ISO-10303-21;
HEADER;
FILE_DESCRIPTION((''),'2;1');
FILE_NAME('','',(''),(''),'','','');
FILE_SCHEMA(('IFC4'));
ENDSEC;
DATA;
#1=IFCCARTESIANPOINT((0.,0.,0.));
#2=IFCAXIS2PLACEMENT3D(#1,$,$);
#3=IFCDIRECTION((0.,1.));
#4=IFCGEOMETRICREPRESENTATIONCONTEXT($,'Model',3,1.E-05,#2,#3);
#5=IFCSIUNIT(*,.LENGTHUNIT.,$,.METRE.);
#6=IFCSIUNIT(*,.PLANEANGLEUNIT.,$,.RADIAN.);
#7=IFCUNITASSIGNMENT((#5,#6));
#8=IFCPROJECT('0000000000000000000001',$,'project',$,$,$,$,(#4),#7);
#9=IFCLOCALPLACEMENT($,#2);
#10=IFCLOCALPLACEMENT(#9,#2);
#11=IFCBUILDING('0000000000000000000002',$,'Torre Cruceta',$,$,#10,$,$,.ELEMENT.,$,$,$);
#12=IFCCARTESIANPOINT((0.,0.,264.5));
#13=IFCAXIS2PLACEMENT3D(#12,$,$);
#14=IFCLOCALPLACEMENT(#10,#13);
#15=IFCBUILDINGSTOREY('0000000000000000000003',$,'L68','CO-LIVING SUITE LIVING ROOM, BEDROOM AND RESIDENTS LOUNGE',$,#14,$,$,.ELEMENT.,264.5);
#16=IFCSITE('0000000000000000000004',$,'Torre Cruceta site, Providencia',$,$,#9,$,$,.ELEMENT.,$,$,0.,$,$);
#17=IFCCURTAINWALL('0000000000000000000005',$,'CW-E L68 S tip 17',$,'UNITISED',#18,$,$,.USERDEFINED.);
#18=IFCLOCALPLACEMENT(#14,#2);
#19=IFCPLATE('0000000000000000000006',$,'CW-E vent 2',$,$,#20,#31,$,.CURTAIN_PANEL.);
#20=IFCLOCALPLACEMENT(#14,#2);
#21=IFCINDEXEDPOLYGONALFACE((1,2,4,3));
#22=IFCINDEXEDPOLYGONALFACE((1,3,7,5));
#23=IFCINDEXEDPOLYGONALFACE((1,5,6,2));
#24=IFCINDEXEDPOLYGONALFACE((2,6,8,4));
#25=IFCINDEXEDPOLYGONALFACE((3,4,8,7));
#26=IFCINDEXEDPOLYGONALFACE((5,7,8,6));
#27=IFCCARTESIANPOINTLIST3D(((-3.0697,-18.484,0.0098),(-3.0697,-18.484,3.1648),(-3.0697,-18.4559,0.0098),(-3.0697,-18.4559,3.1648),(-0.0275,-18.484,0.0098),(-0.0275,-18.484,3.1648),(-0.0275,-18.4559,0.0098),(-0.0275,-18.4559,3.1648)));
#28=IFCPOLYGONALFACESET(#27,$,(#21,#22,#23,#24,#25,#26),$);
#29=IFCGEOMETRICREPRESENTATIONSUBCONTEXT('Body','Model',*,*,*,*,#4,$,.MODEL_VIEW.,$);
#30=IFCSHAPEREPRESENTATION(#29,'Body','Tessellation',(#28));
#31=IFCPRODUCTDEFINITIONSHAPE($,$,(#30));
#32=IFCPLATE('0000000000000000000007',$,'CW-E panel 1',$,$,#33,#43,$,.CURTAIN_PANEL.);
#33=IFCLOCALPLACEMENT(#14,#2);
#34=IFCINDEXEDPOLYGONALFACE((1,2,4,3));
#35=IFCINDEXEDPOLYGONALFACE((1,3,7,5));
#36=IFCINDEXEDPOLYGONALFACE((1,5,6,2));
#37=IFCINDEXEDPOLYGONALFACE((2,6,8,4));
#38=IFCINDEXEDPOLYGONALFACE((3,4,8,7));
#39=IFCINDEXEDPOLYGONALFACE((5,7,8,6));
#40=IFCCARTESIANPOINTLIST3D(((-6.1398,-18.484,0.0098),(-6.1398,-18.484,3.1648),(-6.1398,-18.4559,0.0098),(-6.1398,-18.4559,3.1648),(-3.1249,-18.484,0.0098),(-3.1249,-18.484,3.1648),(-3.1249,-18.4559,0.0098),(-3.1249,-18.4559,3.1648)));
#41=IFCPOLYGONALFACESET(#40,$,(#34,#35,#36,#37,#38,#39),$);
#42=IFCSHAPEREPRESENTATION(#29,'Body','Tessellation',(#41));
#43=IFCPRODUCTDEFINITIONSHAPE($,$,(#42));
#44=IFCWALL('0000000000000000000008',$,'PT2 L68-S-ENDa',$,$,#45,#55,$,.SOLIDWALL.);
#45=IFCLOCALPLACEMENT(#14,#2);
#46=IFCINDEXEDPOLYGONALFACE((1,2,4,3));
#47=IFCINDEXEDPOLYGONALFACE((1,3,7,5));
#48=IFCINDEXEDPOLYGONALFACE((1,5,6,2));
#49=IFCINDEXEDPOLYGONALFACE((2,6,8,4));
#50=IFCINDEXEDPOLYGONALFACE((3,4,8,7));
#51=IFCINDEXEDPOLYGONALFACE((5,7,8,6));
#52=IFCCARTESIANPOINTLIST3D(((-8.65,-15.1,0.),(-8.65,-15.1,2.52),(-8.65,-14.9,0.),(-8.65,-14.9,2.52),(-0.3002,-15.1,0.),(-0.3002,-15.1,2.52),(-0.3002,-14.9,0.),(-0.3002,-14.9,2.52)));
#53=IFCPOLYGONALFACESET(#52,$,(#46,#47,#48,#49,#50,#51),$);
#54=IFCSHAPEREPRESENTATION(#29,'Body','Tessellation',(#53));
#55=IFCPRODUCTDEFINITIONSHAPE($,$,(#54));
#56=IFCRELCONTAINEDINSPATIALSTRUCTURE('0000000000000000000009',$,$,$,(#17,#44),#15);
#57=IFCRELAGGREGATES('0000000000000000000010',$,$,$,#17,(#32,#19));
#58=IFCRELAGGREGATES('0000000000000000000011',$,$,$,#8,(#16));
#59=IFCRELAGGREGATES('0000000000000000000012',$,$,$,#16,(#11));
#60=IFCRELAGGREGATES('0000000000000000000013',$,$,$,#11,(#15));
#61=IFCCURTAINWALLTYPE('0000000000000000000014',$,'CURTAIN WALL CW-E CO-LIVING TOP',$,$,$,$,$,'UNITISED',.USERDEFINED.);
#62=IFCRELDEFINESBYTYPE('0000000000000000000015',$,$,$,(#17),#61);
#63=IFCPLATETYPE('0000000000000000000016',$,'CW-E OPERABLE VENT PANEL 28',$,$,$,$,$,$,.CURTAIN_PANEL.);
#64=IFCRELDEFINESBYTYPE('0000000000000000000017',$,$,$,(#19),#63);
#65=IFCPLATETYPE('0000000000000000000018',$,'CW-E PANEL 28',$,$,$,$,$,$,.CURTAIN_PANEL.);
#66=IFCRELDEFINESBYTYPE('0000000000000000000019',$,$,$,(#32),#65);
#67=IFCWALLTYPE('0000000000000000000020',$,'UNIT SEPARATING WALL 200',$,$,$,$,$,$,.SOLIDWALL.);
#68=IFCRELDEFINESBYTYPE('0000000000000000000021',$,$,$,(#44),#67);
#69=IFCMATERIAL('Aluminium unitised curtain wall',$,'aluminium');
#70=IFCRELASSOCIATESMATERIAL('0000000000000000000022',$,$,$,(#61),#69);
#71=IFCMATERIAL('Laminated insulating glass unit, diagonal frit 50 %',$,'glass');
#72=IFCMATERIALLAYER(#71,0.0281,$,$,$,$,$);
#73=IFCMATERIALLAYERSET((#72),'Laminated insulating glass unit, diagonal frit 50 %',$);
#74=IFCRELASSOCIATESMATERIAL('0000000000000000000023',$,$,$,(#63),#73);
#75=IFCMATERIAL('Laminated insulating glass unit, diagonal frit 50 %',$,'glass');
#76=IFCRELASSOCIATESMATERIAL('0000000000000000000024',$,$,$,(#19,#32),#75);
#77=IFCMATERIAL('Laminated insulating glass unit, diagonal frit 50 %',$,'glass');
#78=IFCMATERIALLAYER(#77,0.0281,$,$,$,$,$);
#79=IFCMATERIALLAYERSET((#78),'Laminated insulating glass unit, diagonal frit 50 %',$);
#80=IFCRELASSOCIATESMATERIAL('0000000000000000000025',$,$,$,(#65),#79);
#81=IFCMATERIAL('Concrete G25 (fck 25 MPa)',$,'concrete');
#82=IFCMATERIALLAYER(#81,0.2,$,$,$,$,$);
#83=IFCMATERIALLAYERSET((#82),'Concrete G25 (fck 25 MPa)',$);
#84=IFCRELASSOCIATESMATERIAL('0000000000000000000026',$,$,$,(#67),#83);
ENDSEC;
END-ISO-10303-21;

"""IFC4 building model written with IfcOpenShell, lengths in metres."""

from ifc_helpers import new_model, si_unit, direction, frame, frame_2d, origin, origin_2d, place, context, subcontext, project, spatial, rectangle, extrude, material, layer, layer_set, type_object, element, aggregate, save


model = new_model("IFC4")

# Units and contexts
model_context = context("Model", 3, precision=1e-05, world=origin(), true_north=direction((0.0, 1.0)))
body_context = subcontext(model_context, "Body", "Model", "MODEL_VIEW")
ifc_project = project(units=[si_unit("LENGTHUNIT", "METRE"), si_unit("PLANEANGLEUNIT", "RADIAN")], contexts=[model_context])

# Site, building, storey
site_placement = place(None, origin())
site = spatial("IfcSite", under=ifc_project, at=site_placement, Name="Torre Cruceta site, Providencia", CompositionType="ELEMENT", RefElevation=0.0)
building_placement = place(site_placement, origin())
building = spatial("IfcBuilding", under=site, at=building_placement, Name="Torre Cruceta", CompositionType="ELEMENT")
storey_placement = place(building_placement, frame((0.0, 0.0, 264.5)))
storey = spatial("IfcBuildingStorey", under=building, at=storey_placement, Name="L68", Description="CO-LIVING SUITE LIVING ROOM, BEDROOM AND RESIDENTS LOUNGE", CompositionType="ELEMENT", Elevation=264.5)

# Curtain wall
ifc_material_1 = material(Name="Aluminium unitised curtain wall", Category="aluminium")
curtain_wall_type = type_object("IfcCurtainWallType", Name="CURTAIN WALL CW-E CO-LIVING TOP", ElementType="UNITISED", PredefinedType="USERDEFINED", material=ifc_material_1)
curtain_wall_placement = place(storey_placement, origin())
curtain_wall = element("IfcCurtainWall", 1, at=curtain_wall_placement, inside=storey, type_object=curtain_wall_type, Name="CW-E L68 S tip 17", ObjectType="UNITISED", PredefinedType="USERDEFINED")

# Plates
ifc_material_2 = material(Name="Laminated insulating glass unit, diagonal frit 50 %", Category="glass")
ifc_material_3 = material(Name="Laminated insulating glass unit, diagonal frit 50 %", Category="glass")
ifc_layer_1 = layer(ifc_material_3, 0.0281)
ifc_layer_set_1 = layer_set([ifc_layer_1], Name="Laminated insulating glass unit, diagonal frit 50 %")
plate_type_1 = type_object("IfcPlateType", Name="CW-E OPERABLE VENT PANEL 28", PredefinedType="CURTAIN_PANEL", material=ifc_layer_set_1)
plate_1_placement = place(storey_placement, frame((-1.5486, -18.47, 0.0098), z_axis=(0.0, 0.0, 1.0), x_axis=(1.0, 0.0, 0.0)))
plate_1 = element("IfcPlate", 2, at=plate_1_placement, type_object=plate_type_1, material=ifc_material_2, Name="CW-E vent 2", PredefinedType="CURTAIN_PANEL", context=body_context, shape_type="SweptSolid", body=[
    extrude(rectangle(XDim=3.0422, YDim=0.0281, at=origin_2d()), origin(), (0.0, 0.0, 1.0), 3.155),
])
ifc_material_4 = material(Name="Laminated insulating glass unit, diagonal frit 50 %", Category="glass")
ifc_layer_2 = layer(ifc_material_4, 0.0281)
ifc_layer_set_2 = layer_set([ifc_layer_2], Name="Laminated insulating glass unit, diagonal frit 50 %")
plate_type_2 = type_object("IfcPlateType", Name="CW-E PANEL 28", PredefinedType="CURTAIN_PANEL", material=ifc_layer_set_2)
plate_2_placement = place(storey_placement, frame((-4.6323, -18.47, 0.0098), z_axis=(0.0, 0.0, 1.0), x_axis=(1.0, 0.0, 0.0)))
plate_2 = element("IfcPlate", 3, at=plate_2_placement, type_object=plate_type_2, material=ifc_material_2, Name="CW-E panel 1", PredefinedType="CURTAIN_PANEL", context=body_context, shape_type="SweptSolid", body=[
    extrude(rectangle(XDim=3.0149, YDim=0.0281, at=origin_2d()), origin(), (0.0, 0.0, 1.0), 3.155),
])
aggregate(curtain_wall, [plate_2, plate_1])

# Wall
ifc_material_5 = material(Name="Concrete G25 (fck 25 MPa)", Category="concrete")
ifc_layer_3 = layer(ifc_material_5, 0.2)
ifc_layer_set_3 = layer_set([ifc_layer_3], Name="Concrete G25 (fck 25 MPa)")
wall_type = type_object("IfcWallType", Name="UNIT SEPARATING WALL 200", PredefinedType="SOLIDWALL", material=ifc_layer_set_3)
wall_placement = place(storey_placement, frame((-8.6499, -15.0, 0.0), z_axis=(0.0, 0.0, 1.0), x_axis=(1.0, 0.0, 0.0)))
element("IfcWall", 4, at=wall_placement, inside=storey, type_object=wall_type, Name="PT2 L68-S-ENDa", PredefinedType="SOLIDWALL", context=body_context, shape_type="SweptSolid", body=[
    extrude(rectangle(XDim=8.3499, YDim=0.2, at=frame_2d((4.1748, 0.0))), origin(), (0.0, 0.0, 1.0), 2.52),
])

save(model, "model.ifc")
